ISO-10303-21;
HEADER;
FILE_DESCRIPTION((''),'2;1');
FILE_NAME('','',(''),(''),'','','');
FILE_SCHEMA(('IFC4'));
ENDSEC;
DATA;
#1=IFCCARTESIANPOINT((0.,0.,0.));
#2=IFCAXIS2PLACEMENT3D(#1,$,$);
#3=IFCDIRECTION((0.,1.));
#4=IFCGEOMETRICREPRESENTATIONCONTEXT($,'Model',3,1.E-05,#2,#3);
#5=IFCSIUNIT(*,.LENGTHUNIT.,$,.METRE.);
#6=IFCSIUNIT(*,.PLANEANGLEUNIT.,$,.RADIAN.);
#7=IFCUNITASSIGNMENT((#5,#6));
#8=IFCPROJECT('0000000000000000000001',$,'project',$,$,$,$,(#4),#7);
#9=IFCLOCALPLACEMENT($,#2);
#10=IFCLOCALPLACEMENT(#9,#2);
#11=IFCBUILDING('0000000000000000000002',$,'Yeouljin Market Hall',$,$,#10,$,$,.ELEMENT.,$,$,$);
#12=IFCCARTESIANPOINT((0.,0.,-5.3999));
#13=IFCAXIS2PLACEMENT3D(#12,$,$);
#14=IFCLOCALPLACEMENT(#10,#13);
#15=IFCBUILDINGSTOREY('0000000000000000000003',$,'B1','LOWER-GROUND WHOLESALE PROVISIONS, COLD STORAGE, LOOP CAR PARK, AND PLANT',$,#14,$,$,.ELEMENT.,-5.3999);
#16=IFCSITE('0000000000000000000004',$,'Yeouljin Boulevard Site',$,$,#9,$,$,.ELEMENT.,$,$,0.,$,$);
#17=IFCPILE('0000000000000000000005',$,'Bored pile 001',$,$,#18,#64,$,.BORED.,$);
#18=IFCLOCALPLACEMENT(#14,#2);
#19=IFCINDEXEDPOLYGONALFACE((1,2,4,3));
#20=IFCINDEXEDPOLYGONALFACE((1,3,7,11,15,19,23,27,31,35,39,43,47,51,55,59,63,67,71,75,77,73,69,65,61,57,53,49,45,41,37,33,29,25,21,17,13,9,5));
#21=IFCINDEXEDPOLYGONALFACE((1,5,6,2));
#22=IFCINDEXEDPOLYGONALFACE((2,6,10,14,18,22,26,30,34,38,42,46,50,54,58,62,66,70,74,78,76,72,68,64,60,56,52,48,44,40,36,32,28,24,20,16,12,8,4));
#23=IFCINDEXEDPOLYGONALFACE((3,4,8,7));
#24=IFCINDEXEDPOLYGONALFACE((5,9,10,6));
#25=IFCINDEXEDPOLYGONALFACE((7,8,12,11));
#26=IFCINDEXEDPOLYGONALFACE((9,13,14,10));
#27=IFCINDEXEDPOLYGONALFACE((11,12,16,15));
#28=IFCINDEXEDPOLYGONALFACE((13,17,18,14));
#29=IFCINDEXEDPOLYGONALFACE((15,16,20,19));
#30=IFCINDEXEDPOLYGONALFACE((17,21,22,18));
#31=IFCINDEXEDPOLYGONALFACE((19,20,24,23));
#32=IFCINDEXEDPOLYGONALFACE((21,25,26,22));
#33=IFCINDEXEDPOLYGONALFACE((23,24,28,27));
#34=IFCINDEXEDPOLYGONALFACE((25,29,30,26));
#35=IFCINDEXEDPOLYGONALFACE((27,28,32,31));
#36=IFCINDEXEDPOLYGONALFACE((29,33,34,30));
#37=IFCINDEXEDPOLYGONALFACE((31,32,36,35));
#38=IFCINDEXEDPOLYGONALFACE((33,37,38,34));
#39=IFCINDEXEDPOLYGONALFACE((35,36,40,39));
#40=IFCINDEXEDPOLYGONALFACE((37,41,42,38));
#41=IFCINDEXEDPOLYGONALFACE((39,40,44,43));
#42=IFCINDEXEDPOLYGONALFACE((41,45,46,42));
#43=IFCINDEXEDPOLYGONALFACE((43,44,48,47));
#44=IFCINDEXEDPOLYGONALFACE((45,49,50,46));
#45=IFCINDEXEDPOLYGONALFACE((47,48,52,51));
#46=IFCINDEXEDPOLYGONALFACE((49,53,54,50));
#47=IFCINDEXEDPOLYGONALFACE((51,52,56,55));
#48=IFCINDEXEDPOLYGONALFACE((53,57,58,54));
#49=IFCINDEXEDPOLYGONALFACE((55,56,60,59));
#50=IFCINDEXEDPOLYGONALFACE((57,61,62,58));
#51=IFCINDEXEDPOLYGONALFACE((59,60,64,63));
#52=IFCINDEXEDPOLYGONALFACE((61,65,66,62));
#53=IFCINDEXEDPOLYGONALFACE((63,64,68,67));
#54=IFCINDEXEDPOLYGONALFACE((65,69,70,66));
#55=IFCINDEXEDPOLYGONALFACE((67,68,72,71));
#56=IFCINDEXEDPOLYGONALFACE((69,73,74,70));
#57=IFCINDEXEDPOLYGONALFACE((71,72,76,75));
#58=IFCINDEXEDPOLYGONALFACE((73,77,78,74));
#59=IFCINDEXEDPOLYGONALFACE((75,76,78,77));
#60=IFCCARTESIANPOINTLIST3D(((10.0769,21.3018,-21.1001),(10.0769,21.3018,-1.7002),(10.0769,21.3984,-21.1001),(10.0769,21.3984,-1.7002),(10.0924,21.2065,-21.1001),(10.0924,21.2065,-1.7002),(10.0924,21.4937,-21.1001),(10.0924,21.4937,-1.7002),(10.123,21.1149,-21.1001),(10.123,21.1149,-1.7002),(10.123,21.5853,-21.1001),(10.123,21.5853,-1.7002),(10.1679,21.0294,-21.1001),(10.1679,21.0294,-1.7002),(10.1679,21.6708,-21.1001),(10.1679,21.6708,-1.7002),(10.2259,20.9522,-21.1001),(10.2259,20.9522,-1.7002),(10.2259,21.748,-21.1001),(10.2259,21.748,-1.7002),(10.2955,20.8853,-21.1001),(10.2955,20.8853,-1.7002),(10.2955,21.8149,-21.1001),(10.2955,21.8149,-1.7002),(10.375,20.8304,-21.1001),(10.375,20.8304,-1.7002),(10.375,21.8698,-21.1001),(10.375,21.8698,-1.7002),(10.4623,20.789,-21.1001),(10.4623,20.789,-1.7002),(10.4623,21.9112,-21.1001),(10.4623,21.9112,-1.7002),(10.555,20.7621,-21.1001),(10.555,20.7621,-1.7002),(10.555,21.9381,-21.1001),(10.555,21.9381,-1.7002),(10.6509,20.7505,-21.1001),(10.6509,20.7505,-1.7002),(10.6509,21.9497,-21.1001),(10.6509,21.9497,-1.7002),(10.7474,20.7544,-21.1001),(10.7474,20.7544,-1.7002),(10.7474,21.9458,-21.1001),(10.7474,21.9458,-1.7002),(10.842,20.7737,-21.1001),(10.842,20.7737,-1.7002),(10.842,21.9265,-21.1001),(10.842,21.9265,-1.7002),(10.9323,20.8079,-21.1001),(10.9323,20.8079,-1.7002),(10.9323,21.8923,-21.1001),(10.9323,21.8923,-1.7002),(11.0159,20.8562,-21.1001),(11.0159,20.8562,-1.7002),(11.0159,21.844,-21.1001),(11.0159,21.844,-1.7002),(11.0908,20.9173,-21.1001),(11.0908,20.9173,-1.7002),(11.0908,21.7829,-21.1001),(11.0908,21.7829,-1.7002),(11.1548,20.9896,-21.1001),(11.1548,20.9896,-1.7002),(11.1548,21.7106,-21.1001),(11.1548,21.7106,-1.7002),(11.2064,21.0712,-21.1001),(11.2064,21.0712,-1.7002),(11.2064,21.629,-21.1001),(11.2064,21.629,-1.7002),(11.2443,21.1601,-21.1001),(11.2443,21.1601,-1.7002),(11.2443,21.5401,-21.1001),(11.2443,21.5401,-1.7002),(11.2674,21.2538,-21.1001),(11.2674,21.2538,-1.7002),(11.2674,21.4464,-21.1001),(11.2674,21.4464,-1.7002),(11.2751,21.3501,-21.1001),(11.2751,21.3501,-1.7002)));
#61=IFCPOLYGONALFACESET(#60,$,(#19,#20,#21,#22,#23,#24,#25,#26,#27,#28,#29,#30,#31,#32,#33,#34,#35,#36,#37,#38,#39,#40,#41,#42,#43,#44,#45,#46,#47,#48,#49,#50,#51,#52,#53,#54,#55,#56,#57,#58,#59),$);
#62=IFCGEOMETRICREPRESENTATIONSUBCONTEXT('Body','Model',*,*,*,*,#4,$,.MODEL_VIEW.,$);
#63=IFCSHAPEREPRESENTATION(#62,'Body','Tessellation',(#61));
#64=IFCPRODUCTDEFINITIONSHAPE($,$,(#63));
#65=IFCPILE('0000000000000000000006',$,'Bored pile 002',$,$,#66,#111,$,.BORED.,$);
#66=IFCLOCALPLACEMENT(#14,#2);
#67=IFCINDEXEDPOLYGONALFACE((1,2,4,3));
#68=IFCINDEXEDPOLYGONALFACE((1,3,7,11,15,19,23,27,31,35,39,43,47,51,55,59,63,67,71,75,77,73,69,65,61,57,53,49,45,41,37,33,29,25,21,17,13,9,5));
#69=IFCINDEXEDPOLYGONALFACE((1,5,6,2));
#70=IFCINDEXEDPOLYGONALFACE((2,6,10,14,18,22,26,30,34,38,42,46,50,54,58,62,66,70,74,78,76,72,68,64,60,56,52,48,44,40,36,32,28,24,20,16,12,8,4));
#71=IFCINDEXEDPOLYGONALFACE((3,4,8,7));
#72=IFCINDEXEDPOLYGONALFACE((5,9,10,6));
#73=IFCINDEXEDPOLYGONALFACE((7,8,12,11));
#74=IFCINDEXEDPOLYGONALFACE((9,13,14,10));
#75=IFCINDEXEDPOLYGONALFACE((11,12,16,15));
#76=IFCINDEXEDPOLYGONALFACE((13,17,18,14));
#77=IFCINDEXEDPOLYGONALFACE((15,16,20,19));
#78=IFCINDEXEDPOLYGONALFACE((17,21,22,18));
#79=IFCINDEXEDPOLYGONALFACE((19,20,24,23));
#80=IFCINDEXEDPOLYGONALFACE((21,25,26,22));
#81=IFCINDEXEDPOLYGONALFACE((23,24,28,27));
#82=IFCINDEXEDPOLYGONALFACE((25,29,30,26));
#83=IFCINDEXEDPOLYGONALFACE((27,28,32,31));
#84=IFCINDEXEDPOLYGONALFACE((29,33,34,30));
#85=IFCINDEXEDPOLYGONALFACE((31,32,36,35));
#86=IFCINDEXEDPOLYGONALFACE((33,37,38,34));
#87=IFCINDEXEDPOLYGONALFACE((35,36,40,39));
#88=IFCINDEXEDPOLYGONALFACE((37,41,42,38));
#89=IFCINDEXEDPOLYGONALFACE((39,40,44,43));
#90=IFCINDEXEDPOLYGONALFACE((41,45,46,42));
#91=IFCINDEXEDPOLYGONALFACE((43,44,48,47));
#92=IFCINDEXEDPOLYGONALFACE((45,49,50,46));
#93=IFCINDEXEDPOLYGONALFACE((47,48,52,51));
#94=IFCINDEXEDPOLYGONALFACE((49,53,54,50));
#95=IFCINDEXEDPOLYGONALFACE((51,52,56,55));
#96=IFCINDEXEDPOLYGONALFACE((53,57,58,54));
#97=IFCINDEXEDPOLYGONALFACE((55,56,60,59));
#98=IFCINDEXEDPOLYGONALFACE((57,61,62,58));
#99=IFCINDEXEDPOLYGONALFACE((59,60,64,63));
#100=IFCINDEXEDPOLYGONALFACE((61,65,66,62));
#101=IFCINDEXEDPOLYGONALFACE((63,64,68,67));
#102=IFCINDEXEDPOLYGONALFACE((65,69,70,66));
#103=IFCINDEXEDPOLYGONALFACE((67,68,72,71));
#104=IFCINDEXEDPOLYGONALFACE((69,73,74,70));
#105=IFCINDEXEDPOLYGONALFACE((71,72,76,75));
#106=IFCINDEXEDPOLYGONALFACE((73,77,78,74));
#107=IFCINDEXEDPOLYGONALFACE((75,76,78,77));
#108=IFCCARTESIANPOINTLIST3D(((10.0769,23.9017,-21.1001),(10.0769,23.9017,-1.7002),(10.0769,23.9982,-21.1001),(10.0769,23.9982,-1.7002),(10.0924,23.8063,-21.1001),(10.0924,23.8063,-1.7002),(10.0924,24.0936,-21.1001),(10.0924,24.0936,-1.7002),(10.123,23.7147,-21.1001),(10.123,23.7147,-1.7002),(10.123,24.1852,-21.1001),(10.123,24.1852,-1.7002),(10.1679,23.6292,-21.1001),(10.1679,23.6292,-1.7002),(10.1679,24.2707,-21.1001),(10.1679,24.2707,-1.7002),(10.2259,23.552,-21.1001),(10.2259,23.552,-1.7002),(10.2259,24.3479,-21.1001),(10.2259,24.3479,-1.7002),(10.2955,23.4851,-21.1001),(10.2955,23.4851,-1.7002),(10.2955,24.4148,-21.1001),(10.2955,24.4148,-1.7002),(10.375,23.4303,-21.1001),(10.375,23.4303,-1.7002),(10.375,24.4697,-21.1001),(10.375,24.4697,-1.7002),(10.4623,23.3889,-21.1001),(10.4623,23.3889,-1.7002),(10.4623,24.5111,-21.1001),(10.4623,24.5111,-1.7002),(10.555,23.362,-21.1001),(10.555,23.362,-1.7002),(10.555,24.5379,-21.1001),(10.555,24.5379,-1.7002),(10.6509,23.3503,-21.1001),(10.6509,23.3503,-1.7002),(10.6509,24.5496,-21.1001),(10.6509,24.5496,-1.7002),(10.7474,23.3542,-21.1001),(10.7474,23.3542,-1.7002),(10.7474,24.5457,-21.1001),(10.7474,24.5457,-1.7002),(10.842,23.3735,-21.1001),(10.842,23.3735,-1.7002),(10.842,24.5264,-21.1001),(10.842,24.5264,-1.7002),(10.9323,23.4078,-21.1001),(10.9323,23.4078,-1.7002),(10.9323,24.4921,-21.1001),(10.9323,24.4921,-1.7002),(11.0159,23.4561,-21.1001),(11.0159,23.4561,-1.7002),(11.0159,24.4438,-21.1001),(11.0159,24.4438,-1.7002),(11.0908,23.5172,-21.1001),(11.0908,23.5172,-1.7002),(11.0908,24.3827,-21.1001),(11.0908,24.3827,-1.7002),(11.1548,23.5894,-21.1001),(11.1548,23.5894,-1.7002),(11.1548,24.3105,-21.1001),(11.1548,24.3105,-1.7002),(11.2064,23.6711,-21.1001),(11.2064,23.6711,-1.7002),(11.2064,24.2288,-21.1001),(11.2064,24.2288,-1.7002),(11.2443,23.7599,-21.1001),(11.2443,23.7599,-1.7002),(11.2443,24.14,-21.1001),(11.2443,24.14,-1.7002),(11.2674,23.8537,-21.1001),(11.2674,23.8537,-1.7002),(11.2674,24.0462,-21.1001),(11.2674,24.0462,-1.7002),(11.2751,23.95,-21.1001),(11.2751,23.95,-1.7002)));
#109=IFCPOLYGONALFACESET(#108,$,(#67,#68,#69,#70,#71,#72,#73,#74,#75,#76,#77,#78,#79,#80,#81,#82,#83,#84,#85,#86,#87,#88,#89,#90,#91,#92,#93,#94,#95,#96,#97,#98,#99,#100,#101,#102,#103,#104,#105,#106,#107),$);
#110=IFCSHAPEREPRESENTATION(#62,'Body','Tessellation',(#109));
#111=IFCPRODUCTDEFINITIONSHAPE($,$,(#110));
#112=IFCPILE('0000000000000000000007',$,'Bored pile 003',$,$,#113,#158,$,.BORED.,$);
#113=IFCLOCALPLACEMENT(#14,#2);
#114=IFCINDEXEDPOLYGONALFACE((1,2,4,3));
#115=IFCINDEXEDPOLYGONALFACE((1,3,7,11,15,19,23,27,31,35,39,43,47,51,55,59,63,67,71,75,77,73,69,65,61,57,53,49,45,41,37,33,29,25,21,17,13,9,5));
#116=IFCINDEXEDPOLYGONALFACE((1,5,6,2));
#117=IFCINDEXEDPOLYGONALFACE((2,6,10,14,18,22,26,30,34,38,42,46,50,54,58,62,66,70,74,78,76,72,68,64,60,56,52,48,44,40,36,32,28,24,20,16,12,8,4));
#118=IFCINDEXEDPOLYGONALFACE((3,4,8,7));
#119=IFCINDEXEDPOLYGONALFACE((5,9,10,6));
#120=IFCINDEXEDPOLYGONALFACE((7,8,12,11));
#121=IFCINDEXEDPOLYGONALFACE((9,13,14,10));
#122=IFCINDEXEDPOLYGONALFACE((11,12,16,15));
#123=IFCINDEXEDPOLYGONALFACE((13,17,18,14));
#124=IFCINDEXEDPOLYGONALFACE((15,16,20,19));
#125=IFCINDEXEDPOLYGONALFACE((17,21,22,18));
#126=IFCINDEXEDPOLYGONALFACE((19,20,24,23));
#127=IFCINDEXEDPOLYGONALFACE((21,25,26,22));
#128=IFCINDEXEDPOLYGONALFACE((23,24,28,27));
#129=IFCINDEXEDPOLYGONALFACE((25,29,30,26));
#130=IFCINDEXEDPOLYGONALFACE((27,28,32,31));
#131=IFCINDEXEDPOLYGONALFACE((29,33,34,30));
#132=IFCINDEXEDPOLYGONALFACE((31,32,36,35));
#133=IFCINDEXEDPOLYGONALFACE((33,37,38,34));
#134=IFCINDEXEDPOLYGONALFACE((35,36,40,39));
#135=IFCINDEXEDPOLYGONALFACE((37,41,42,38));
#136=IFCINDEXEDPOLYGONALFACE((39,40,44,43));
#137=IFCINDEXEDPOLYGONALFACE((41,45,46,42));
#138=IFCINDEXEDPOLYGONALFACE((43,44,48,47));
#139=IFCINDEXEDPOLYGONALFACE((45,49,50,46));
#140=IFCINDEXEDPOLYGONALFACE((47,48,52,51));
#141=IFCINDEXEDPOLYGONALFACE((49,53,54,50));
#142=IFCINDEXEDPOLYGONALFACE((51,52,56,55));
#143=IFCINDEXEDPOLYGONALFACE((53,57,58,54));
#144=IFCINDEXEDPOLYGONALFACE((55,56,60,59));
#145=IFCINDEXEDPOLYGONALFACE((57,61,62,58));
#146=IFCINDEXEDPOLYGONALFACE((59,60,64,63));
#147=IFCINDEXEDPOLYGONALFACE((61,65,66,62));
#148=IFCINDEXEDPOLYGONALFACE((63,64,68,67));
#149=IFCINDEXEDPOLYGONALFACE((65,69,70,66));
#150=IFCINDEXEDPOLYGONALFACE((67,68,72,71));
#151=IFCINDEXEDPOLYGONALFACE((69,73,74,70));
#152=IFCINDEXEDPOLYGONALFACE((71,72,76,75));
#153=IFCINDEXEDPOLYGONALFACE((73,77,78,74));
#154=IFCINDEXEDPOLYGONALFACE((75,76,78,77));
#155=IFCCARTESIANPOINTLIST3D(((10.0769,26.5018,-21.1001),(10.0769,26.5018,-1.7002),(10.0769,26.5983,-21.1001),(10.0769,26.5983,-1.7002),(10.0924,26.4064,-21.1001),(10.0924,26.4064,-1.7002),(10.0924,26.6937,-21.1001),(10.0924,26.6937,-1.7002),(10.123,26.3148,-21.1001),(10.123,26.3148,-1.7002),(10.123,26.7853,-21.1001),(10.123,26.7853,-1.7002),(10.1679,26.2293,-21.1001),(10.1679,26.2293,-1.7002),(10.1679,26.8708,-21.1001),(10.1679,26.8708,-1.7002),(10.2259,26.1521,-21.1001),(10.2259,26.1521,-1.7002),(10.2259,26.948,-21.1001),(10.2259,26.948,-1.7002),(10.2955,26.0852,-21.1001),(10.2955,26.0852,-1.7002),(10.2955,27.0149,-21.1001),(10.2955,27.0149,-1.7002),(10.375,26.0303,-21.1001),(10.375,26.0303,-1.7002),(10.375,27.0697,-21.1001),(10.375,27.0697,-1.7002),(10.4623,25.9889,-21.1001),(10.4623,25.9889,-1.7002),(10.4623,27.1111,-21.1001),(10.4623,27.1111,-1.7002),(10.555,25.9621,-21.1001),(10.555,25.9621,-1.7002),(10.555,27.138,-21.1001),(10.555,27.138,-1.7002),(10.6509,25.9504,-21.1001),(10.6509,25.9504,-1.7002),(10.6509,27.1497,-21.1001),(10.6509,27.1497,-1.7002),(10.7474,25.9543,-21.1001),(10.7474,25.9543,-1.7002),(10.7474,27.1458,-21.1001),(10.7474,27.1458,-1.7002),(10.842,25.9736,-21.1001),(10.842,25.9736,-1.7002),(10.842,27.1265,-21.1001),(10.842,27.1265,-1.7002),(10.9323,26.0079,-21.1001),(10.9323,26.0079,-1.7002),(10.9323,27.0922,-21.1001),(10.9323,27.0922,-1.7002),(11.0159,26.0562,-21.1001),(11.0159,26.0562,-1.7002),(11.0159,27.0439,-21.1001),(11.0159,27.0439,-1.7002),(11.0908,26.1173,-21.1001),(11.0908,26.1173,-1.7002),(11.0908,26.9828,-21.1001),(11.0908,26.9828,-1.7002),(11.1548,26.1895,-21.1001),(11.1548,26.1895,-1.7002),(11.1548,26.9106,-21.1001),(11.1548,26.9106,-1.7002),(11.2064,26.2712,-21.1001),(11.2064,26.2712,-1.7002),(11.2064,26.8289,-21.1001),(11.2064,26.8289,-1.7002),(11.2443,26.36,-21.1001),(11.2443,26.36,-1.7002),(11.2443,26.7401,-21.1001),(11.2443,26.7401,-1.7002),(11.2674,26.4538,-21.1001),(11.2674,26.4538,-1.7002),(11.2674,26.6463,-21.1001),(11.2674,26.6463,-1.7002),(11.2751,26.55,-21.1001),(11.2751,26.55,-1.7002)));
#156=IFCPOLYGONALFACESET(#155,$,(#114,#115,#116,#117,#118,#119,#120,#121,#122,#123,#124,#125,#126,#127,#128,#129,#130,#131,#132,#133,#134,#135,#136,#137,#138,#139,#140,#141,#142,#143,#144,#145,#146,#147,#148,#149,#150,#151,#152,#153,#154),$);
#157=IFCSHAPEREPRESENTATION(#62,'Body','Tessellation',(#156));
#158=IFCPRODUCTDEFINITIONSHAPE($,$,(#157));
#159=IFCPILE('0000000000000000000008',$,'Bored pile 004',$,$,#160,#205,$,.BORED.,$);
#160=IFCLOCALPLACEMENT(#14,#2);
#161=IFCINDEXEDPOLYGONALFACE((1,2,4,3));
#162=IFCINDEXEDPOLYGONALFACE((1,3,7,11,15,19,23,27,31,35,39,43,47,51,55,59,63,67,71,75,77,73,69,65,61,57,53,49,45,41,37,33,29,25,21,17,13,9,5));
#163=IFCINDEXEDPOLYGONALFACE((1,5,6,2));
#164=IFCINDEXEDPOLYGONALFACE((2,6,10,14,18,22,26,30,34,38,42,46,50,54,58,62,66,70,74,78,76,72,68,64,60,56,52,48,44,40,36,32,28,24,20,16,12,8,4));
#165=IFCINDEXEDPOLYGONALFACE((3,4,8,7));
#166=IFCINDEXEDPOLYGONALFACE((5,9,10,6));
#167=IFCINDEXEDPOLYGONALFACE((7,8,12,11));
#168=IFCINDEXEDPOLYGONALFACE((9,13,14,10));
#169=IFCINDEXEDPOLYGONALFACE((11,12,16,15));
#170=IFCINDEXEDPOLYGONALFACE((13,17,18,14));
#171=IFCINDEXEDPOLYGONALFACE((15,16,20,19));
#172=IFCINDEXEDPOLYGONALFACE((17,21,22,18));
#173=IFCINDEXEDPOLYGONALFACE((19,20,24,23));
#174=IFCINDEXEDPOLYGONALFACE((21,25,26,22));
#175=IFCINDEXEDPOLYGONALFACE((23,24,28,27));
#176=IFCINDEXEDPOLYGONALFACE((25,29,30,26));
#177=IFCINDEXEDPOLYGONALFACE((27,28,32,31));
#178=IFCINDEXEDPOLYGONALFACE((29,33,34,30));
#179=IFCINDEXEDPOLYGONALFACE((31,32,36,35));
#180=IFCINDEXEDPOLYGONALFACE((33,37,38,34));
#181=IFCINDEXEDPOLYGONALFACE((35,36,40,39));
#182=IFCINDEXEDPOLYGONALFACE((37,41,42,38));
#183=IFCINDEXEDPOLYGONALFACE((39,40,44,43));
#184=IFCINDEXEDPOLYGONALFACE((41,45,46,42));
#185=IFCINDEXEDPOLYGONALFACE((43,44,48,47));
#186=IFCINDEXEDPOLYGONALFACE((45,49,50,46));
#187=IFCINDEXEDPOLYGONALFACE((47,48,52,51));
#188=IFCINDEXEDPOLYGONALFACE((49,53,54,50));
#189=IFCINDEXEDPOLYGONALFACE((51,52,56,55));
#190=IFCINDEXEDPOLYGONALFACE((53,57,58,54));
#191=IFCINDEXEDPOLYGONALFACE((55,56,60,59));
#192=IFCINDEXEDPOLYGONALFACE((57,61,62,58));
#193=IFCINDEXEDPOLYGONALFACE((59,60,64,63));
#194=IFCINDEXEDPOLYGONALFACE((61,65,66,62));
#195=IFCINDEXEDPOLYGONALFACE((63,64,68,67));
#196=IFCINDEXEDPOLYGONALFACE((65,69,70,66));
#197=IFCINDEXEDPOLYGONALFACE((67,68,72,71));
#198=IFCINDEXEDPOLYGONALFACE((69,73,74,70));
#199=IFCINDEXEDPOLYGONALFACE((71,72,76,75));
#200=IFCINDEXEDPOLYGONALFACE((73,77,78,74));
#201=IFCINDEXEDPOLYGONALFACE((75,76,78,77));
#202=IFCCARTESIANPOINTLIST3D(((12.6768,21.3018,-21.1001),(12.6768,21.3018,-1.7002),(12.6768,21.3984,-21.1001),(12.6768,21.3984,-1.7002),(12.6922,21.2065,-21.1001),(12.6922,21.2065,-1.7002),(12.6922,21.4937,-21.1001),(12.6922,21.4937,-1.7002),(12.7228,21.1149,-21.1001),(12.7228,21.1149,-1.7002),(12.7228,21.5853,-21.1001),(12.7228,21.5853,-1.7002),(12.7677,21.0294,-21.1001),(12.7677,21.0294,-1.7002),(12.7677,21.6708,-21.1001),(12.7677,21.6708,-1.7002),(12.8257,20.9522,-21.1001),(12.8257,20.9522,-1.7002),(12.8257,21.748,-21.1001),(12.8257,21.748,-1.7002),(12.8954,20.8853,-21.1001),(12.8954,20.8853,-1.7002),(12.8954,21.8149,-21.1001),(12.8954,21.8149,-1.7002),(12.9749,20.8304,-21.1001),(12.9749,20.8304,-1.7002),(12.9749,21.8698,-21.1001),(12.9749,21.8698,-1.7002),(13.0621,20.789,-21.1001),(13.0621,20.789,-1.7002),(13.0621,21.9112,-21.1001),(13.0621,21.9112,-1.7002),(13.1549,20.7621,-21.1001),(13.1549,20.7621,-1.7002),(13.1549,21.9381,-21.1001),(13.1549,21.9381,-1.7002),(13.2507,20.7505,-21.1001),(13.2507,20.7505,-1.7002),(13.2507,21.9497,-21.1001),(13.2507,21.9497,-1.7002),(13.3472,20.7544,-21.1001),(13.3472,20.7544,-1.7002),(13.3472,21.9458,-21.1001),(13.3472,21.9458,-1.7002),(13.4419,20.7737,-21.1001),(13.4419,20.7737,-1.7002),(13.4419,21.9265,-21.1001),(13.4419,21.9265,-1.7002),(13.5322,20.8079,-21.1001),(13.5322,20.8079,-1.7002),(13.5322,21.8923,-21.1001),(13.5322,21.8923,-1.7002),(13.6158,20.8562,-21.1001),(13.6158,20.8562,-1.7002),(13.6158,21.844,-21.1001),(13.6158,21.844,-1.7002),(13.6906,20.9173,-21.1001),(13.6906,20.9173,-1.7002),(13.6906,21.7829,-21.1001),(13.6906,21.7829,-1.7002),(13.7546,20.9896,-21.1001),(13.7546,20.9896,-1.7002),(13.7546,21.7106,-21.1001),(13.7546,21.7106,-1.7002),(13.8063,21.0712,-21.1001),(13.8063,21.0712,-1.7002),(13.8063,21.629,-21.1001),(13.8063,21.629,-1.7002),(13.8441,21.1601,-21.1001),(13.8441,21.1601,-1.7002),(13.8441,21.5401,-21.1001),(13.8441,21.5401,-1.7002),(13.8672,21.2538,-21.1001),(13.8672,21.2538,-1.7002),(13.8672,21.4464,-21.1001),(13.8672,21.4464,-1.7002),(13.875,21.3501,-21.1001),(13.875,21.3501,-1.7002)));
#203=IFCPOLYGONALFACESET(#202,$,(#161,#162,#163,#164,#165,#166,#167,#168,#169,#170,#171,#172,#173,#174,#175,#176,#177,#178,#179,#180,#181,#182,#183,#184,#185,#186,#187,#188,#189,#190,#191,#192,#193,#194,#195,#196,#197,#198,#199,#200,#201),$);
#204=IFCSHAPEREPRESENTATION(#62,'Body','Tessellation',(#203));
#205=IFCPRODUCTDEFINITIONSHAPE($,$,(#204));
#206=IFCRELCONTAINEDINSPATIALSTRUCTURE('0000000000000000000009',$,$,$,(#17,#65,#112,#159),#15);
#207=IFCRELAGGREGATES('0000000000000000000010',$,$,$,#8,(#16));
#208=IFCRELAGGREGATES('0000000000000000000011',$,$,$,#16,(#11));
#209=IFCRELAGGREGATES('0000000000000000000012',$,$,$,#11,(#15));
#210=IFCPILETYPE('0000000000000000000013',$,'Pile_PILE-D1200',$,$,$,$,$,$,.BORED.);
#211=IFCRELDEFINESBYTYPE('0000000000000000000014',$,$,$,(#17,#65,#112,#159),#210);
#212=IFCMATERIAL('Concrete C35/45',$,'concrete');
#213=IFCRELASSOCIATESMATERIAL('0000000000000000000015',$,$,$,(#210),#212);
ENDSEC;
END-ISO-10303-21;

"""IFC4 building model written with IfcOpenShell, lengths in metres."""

from ifc_helpers import new_model, si_unit, direction, frame, origin, origin_2d, place, context, subcontext, project, spatial, circle, extrude, material, material_profile, profile_set, type_object, element, save


model = new_model("IFC4")

# Units and contexts
model_context = context("Model", 3, precision=1e-05, world=origin(), true_north=direction((0.0, 1.0)))
body_context = subcontext(model_context, "Body", "Model", "MODEL_VIEW")
ifc_project = project(units=[si_unit("LENGTHUNIT", "METRE"), si_unit("PLANEANGLEUNIT", "RADIAN")], contexts=[model_context])

# Site, building, storey
site_placement = place(None, origin())
site = spatial("IfcSite", under=ifc_project, at=site_placement, Name="Yeouljin Boulevard Site", CompositionType="ELEMENT", RefElevation=0.0)
building_placement = place(site_placement, origin())
building = spatial("IfcBuilding", under=site, at=building_placement, Name="Yeouljin Market Hall", CompositionType="ELEMENT")
storey_placement = place(building_placement, frame((0.0, 0.0, -5.3999)))
storey = spatial("IfcBuildingStorey", under=building, at=storey_placement, Name="B1", Description="LOWER-GROUND WHOLESALE PROVISIONS, COLD STORAGE, LOOP CAR PARK, AND PLANT", CompositionType="ELEMENT", Elevation=-5.3999)

# Piles
ifc_material_1 = material(Name="Concrete C35/45", Category="concrete")
ifc_material_profile_1 = material_profile(ifc_material_1, circle(Radius=0.6001, at=origin_2d()), Name="PILE-D1200")
ifc_profile_set_1 = profile_set([ifc_material_profile_1], Name="Concrete C35/45")
pile_type = type_object("IfcPileType", Name="Pile_PILE-D1200", PredefinedType="BORED", material=ifc_profile_set_1)
for number, where, z_axis, x_axis, name in (
    (1, (10.675, 21.3501, -1.7002), (0.0, 0.0, -1.0), (1.0, 0.0, 0.0), "Bored pile 001"),
    (2, (10.675, 23.95, -1.7002), (0.0, 0.0, -1.0), (1.0, 0.0, 0.0), "Bored pile 002"),
    (3, (10.675, 26.55, -1.7002), (0.0, 0.0, -1.0), (1.0, 0.0, 0.0), "Bored pile 003"),
    (4, (13.2749, 21.3501, -1.7002), (0.0, 0.0, -1.0), (1.0, 0.0, 0.0), "Bored pile 004"),
):
    element("IfcPile", number, at=place(storey_placement, frame(where, z_axis=z_axis, x_axis=x_axis)), inside=storey, type_object=pile_type, Name=name, PredefinedType="BORED", context=body_context, shape_type="SweptSolid", body=[
        extrude(circle(Radius=0.6001, at=origin_2d()), origin(), (0.0, 0.0, 1.0), 19.3999),
    ])

save(model, "model.ifc")
